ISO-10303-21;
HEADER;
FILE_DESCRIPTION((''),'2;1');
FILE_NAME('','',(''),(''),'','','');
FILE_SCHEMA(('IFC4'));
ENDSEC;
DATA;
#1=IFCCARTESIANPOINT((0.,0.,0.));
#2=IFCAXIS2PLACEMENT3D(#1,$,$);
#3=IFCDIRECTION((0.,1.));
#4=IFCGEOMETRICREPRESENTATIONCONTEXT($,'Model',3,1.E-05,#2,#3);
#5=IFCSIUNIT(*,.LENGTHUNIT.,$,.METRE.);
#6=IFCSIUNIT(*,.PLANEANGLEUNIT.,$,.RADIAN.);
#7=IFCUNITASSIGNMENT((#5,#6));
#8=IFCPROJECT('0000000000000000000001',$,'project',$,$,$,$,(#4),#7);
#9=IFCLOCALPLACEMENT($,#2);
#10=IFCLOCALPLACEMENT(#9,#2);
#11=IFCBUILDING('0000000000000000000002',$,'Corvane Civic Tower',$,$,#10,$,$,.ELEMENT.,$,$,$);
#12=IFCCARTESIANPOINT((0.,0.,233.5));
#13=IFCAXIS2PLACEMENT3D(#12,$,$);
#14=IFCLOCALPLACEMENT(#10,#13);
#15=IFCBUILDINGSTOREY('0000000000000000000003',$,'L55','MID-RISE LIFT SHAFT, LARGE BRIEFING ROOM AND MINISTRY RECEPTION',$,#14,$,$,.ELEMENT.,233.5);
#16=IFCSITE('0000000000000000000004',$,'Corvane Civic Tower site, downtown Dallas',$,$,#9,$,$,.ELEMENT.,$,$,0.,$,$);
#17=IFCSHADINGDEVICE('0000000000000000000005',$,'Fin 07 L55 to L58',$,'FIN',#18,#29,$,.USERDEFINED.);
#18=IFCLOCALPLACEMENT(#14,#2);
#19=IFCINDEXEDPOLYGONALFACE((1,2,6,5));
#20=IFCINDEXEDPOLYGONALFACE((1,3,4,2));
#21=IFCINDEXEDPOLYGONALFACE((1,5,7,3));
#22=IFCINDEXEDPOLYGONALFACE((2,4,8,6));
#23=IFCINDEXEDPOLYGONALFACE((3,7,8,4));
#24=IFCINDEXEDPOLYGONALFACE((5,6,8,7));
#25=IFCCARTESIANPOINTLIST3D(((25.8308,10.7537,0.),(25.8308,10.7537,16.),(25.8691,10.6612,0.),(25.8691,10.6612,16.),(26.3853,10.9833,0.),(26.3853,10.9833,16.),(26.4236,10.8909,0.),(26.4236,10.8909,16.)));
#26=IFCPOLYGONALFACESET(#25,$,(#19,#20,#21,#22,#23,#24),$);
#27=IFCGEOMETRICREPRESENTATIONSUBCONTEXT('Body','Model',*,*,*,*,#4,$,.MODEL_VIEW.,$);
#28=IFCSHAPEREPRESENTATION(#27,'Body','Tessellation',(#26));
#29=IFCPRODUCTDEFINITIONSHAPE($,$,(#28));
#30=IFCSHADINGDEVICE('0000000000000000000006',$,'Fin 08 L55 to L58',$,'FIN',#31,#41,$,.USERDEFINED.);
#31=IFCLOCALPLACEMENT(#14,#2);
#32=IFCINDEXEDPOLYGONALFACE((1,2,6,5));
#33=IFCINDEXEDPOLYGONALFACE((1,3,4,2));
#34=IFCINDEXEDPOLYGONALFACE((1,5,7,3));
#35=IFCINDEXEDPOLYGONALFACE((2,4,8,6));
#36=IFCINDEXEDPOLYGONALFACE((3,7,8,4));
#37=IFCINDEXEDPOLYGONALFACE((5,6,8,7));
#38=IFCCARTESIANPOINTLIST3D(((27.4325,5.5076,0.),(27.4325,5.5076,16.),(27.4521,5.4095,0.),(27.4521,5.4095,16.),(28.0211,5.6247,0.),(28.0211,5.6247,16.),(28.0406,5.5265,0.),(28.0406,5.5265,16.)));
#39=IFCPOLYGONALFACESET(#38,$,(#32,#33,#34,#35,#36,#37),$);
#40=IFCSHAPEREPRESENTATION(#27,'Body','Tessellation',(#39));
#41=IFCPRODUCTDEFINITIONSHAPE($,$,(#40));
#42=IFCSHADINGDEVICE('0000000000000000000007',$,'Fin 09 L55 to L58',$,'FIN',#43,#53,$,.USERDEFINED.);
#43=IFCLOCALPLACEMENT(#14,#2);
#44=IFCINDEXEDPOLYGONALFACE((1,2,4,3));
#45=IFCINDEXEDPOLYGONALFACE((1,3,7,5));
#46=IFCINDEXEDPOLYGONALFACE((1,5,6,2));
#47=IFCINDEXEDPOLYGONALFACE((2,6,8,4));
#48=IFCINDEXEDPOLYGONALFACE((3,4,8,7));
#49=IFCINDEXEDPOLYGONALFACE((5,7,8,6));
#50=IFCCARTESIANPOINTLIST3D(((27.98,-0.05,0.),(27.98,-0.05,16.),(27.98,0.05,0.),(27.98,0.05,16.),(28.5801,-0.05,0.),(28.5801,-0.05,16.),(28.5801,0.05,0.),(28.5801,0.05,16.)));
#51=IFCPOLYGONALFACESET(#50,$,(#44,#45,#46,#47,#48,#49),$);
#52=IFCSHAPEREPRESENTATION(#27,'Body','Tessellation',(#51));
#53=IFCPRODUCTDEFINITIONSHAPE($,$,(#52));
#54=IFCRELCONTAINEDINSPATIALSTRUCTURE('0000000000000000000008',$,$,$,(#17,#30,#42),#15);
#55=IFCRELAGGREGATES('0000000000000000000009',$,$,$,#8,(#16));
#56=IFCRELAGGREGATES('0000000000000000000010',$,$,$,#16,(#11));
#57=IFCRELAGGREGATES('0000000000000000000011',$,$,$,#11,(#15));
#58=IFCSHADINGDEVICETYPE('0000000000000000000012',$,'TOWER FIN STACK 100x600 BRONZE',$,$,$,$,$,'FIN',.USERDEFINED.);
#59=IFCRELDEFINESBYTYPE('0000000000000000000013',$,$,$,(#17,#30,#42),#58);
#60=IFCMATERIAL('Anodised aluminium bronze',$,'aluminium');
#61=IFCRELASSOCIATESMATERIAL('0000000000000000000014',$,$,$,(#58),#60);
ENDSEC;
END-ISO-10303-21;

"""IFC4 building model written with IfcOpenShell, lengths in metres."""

from ifc_helpers import new_model, si_unit, direction, frame, origin, origin_2d, place, context, subcontext, project, spatial, rectangle, extrude, material, material_profile, profile_set, type_object, element, save


model = new_model("IFC4")

# Units and contexts
model_context = context("Model", 3, precision=1e-05, world=origin(), true_north=direction((0.0, 1.0)))
body_context = subcontext(model_context, "Body", "Model", "MODEL_VIEW")
ifc_project = project(units=[si_unit("LENGTHUNIT", "METRE"), si_unit("PLANEANGLEUNIT", "RADIAN")], contexts=[model_context])

# Site, building, storey
site_placement = place(None, origin())
site = spatial("IfcSite", under=ifc_project, at=site_placement, Name="Corvane Civic Tower site, downtown Dallas", CompositionType="ELEMENT", RefElevation=0.0)
building_placement = place(site_placement, origin())
building = spatial("IfcBuilding", under=site, at=building_placement, Name="Corvane Civic Tower", CompositionType="ELEMENT")
storey_placement = place(building_placement, frame((0.0, 0.0, 233.5)))
storey = spatial("IfcBuildingStorey", under=building, at=storey_placement, Name="L55", Description="MID-RISE LIFT SHAFT, LARGE BRIEFING ROOM AND MINISTRY RECEPTION", CompositionType="ELEMENT", Elevation=233.5)

# Shading devices
ifc_material_1 = material(Name="Anodised aluminium bronze", Category="aluminium")
ifc_material_profile_1 = material_profile(ifc_material_1, rectangle(XDim=0.1001, YDim=0.6001, at=origin_2d()), Name="TOWER FIN STACK 100x600 BRONZE")
ifc_profile_set_1 = profile_set([ifc_material_profile_1], Name="Anodised aluminium bronze")
shading_device_type = type_object("IfcShadingDeviceType", Name="TOWER FIN STACK 100x600 BRONZE", ElementType="FIN", PredefinedType="USERDEFINED", material=ifc_profile_set_1)
for number, where, z_axis, x_axis, name in (
    (1, (26.1272, 10.8223, 0.0), (0.0, 0.0, 1.0), (0.382683, -0.92388, 0.0), "Fin 07 L55 to L58"),
    (2, (27.7366, 5.5171, 0.0), (0.0, 0.0, 1.0), (0.19509, -0.980785, 0.0), "Fin 08 L55 to L58"),
    (3, (28.28, 0.0, 0.0), (0.0, 0.0, 1.0), (0.0, -1.0, 0.0), "Fin 09 L55 to L58"),
):
    element("IfcShadingDevice", number, at=place(storey_placement, frame(where, z_axis=z_axis, x_axis=x_axis)), inside=storey, type_object=shading_device_type, Name=name, ObjectType="FIN", PredefinedType="USERDEFINED", context=body_context, shape_type="SweptSolid", body=[
        extrude(rectangle(XDim=0.1001, YDim=0.6001, at=origin_2d()), origin(), (0.0, 0.0, 1.0), 16.0),
    ])

save(model, "model.ifc")
